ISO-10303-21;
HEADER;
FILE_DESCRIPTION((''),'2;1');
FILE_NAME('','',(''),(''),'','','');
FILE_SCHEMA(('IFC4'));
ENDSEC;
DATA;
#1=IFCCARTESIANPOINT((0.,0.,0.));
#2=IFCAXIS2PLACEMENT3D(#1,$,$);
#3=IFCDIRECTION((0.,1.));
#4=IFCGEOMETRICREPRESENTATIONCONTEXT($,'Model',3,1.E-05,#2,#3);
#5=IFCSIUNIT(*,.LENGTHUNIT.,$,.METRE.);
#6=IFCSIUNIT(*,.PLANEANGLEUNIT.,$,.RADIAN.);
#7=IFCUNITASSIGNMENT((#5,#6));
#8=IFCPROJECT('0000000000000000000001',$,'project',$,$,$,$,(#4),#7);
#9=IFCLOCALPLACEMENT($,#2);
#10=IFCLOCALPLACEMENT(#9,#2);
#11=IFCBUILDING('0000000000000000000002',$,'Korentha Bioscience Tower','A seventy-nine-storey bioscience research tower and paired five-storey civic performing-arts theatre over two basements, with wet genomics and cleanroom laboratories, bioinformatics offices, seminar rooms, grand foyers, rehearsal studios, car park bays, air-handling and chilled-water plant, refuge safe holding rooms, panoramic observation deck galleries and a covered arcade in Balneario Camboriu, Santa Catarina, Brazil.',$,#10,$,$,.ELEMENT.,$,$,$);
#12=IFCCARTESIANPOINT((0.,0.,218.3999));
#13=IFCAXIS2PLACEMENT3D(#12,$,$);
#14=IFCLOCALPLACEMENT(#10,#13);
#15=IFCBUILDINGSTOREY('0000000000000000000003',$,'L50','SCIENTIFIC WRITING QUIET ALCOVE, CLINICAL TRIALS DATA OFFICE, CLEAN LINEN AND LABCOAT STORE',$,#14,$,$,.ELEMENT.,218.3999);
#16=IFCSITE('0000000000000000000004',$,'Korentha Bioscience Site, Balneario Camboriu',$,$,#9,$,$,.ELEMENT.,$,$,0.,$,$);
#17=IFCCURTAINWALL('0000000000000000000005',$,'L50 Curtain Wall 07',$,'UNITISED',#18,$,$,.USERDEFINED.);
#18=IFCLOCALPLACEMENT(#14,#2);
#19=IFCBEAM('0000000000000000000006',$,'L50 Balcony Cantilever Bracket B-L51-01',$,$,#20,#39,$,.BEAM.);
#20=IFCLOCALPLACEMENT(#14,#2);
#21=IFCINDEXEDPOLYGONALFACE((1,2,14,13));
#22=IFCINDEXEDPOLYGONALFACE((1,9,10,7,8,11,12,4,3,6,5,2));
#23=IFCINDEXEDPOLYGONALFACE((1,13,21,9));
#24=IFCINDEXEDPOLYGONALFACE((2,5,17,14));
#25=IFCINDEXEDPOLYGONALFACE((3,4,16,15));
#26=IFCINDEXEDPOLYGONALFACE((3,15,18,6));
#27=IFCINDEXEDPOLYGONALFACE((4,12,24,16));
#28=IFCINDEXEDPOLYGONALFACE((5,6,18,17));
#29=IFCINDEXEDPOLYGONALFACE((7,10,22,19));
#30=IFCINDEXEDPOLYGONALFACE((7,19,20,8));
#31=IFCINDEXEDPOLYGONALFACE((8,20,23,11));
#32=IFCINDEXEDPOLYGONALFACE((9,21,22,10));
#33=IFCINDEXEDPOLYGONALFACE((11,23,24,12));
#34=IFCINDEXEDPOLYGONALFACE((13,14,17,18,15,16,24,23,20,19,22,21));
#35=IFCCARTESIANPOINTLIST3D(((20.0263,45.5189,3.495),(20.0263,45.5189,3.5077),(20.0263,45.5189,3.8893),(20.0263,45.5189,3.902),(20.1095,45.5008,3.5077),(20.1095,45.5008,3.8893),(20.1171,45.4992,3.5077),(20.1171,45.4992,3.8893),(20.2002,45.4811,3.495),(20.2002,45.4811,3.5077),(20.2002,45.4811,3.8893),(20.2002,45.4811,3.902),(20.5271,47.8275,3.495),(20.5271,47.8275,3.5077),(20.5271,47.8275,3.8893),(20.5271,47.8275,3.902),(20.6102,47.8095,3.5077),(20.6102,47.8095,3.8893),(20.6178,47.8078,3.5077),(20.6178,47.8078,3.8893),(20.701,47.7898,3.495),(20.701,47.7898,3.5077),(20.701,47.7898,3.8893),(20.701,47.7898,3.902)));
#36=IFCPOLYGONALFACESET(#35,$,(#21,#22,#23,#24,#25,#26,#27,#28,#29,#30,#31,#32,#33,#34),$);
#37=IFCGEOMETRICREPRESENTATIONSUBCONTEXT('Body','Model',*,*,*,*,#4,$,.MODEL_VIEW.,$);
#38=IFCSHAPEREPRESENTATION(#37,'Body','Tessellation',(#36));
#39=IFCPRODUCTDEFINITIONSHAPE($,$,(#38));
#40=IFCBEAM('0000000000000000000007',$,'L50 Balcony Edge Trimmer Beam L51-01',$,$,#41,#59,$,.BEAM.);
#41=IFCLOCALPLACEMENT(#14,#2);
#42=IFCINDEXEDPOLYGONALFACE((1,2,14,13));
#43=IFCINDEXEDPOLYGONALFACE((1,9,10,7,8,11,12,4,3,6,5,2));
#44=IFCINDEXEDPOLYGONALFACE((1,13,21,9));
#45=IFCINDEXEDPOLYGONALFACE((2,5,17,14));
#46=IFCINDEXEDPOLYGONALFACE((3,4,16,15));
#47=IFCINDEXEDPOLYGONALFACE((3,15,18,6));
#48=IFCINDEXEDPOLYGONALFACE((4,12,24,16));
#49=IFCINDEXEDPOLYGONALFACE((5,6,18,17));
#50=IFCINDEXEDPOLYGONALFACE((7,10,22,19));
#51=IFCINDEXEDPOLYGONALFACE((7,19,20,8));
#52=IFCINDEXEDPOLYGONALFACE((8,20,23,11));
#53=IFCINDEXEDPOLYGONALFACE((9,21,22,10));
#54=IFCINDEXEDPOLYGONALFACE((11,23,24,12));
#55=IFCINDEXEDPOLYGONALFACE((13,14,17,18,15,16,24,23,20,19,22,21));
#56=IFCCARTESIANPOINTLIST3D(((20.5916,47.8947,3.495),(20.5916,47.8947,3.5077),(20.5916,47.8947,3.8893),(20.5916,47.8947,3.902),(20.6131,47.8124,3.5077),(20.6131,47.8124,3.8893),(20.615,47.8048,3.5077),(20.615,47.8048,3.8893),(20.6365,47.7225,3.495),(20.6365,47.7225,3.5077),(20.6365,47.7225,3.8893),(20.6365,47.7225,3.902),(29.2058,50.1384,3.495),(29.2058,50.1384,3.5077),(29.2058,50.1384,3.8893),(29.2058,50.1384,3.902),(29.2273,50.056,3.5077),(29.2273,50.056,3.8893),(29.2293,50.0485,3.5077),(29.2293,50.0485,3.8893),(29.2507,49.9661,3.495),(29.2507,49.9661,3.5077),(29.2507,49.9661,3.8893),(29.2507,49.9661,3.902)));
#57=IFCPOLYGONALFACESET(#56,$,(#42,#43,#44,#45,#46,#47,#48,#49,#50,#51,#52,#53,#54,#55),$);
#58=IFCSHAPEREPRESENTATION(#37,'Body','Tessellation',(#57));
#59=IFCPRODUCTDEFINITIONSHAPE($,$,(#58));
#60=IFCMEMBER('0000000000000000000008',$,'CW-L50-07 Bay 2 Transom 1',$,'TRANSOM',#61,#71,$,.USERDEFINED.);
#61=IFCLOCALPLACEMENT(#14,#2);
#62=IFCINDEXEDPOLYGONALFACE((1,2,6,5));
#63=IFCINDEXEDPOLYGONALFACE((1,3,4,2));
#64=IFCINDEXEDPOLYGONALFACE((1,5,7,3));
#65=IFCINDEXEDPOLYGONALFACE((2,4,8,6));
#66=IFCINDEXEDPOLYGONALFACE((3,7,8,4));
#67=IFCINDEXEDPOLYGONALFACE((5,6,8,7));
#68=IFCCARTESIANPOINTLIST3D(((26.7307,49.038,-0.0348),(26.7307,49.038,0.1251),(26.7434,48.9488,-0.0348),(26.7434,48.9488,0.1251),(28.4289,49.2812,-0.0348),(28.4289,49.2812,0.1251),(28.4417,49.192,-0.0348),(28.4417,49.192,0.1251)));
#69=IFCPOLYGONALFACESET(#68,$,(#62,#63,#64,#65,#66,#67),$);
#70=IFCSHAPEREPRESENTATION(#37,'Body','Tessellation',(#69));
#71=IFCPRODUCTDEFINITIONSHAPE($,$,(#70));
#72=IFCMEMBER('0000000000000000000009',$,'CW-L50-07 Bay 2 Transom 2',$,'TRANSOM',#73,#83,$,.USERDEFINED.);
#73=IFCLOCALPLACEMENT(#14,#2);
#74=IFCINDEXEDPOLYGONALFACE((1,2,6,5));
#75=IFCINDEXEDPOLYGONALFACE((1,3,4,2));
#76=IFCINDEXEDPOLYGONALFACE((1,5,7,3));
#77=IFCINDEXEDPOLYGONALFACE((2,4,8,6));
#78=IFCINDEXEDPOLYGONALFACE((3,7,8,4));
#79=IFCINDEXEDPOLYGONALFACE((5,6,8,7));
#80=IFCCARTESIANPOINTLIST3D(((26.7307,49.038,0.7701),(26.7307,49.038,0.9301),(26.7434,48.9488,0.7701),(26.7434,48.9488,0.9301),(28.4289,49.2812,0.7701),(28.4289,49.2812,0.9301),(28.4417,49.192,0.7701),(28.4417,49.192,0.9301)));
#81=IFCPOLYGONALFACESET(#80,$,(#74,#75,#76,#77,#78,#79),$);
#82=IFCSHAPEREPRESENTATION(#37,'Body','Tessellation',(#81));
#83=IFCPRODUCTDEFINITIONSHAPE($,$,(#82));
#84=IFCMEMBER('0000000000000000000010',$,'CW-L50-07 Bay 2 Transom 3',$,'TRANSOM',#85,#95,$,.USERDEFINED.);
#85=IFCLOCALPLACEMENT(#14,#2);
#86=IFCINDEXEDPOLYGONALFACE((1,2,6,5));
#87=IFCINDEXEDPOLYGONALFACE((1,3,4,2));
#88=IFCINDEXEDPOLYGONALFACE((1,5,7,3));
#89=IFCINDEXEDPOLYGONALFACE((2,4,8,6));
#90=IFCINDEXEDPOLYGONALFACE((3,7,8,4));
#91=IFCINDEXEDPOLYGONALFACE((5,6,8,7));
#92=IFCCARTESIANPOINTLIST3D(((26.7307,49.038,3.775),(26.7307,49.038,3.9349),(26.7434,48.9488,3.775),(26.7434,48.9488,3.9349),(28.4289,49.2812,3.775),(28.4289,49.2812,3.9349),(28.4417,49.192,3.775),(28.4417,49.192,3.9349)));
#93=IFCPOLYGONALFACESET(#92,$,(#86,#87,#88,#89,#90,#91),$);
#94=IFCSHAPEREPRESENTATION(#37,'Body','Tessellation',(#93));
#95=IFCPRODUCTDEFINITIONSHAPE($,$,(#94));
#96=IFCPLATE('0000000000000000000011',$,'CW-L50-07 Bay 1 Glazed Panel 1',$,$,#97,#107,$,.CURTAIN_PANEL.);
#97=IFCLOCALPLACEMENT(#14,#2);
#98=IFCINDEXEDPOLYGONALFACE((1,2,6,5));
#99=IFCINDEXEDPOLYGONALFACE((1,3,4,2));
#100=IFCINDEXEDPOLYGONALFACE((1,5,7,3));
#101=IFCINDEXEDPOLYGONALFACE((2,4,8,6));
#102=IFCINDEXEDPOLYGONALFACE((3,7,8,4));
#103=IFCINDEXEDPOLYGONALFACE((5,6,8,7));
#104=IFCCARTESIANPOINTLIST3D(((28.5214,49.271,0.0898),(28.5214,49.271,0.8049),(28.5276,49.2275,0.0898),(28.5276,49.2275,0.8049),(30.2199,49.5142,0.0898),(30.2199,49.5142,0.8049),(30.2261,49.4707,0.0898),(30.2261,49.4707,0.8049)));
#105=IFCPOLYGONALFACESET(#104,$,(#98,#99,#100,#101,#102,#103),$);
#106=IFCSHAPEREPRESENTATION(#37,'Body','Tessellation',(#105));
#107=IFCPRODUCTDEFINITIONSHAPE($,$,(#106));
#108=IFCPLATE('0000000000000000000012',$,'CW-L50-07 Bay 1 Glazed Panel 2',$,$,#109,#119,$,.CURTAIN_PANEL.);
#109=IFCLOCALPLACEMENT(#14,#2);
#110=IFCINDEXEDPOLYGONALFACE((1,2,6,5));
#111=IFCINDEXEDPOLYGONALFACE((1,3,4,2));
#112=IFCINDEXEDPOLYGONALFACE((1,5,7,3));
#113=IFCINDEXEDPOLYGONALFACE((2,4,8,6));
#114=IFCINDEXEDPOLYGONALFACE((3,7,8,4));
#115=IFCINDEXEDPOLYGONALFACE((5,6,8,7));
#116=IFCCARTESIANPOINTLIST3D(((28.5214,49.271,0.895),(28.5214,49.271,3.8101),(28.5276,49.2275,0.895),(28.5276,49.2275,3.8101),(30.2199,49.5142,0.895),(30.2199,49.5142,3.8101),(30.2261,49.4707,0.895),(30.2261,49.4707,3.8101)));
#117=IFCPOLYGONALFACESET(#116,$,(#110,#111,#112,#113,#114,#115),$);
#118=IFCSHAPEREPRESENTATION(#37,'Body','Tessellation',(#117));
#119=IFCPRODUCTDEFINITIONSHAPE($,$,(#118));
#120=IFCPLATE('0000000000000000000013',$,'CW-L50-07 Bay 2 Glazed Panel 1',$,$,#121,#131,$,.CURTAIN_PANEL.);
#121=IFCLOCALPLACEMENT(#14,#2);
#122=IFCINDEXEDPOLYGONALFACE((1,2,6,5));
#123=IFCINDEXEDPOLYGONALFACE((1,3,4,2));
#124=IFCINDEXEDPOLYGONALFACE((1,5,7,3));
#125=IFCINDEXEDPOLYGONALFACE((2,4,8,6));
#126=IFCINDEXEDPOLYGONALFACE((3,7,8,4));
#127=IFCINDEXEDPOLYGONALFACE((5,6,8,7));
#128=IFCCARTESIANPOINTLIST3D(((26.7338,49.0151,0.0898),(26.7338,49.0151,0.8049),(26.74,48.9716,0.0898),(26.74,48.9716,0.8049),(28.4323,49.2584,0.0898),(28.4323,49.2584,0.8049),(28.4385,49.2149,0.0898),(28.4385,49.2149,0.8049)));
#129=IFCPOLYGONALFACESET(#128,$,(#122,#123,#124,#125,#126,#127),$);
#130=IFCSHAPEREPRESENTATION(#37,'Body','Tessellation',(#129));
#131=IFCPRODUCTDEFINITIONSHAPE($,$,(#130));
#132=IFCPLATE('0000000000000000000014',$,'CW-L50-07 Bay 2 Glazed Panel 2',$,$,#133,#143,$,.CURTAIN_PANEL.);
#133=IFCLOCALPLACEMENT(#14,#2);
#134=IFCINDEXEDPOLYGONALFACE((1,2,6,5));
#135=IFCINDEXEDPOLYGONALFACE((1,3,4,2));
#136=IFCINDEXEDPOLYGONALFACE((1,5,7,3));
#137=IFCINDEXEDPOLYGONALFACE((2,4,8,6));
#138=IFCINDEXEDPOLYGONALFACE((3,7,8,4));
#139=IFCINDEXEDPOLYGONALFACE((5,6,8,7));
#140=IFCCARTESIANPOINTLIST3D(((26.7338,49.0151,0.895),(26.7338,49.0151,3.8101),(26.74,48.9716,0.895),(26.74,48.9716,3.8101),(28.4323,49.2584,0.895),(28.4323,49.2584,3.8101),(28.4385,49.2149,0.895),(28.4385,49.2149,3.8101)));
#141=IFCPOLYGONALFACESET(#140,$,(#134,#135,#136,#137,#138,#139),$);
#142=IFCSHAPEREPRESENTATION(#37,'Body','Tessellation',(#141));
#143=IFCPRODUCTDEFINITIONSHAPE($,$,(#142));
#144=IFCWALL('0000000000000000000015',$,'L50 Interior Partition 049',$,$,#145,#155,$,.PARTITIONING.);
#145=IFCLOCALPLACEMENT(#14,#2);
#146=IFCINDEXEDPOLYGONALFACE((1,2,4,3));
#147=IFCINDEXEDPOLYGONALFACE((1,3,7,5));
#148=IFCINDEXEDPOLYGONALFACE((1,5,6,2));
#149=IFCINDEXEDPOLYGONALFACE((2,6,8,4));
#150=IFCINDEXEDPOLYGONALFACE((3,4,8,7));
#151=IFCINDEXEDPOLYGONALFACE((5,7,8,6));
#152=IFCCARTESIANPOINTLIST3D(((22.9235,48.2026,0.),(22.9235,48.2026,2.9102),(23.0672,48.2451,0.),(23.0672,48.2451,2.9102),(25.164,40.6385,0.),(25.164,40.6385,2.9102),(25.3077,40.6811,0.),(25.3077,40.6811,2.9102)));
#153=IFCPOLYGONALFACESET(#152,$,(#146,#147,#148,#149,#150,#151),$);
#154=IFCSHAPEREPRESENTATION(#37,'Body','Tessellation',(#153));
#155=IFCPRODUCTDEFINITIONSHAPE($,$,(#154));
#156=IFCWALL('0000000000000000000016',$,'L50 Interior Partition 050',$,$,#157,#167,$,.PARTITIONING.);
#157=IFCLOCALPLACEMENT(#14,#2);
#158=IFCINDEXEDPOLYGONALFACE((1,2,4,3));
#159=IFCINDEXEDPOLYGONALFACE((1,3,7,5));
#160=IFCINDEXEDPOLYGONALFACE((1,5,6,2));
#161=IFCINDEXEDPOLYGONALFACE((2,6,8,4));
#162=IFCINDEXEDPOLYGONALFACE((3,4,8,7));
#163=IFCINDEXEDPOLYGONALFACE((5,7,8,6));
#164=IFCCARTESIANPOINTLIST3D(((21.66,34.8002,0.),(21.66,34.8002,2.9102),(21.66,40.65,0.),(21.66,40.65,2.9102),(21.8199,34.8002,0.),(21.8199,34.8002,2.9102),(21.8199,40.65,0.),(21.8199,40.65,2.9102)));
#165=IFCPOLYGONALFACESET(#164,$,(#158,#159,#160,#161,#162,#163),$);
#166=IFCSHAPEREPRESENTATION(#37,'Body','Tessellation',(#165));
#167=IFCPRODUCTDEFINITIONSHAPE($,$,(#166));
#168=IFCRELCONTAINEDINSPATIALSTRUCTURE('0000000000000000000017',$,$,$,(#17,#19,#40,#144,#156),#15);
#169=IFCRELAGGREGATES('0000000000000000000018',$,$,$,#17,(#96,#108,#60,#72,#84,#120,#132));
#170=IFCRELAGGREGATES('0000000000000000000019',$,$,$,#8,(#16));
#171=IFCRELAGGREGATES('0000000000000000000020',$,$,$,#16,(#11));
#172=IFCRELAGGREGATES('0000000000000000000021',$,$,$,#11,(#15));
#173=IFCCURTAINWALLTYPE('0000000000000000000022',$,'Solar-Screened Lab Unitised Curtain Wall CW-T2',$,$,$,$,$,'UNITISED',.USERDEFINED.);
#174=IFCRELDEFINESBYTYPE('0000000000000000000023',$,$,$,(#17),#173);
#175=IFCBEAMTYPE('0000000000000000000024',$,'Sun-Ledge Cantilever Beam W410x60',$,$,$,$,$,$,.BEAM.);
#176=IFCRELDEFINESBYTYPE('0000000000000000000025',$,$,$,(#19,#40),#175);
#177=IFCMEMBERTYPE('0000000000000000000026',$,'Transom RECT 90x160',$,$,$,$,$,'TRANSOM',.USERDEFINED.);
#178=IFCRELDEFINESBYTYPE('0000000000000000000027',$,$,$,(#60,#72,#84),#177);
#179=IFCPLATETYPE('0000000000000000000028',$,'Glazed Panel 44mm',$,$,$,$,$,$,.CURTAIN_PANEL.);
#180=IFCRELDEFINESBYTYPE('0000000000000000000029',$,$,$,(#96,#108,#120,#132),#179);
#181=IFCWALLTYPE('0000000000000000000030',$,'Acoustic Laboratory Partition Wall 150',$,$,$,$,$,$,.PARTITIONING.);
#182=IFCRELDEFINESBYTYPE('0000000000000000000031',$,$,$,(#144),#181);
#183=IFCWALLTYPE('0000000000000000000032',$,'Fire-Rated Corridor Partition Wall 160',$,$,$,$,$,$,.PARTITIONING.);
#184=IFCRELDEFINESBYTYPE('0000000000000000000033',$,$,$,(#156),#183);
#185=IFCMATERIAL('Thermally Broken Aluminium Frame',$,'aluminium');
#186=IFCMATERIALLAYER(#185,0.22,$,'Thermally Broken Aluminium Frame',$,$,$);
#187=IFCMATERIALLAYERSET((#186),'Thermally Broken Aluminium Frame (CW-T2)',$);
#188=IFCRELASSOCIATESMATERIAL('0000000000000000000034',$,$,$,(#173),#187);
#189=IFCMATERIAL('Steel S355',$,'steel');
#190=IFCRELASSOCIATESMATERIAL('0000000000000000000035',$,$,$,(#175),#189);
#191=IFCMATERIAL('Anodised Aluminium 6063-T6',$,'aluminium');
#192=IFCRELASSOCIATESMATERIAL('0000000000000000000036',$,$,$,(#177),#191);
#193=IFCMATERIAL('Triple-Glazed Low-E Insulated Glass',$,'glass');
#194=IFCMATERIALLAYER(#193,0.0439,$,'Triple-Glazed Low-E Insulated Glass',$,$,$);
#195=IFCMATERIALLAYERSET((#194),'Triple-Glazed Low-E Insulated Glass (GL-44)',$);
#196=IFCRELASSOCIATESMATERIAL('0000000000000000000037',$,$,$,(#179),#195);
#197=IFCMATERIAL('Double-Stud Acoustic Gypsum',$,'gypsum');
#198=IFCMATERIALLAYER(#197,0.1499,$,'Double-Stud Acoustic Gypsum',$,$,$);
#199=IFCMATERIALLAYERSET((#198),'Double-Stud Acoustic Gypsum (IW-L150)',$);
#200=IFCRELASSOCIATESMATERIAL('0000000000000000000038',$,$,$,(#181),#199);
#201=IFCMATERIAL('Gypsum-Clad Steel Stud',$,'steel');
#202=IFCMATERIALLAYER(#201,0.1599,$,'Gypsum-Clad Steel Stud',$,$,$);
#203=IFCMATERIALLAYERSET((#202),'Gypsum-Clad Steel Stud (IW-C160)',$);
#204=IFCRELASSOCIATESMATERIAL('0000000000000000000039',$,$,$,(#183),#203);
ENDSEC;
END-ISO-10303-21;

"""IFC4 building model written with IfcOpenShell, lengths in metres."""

from ifc_helpers import new_model, si_unit, direction, frame, frame_2d, origin, origin_2d, place, context, subcontext, project, spatial, rectangle, i_section, extrude, material, layer, layer_set, material_profile, profile_set, type_object, element, aggregate, save


model = new_model("IFC4")

# Units and contexts
model_context = context("Model", 3, precision=1e-05, world=origin(), true_north=direction((0.0, 1.0)))
body_context = subcontext(model_context, "Body", "Model", "MODEL_VIEW")
ifc_project = project(units=[si_unit("LENGTHUNIT", "METRE"), si_unit("PLANEANGLEUNIT", "RADIAN")], contexts=[model_context])

# Site, building, storey
site_placement = place(None, origin())
site = spatial("IfcSite", under=ifc_project, at=site_placement, Name="Korentha Bioscience Site, Balneario Camboriu", CompositionType="ELEMENT", RefElevation=0.0)
building_placement = place(site_placement, origin())
building = spatial("IfcBuilding", under=site, at=building_placement, Name="Korentha Bioscience Tower", Description="A seventy-nine-storey bioscience research tower and paired five-storey civic performing-arts theatre over two basements, with wet genomics and cleanroom laboratories, bioinformatics offices, seminar rooms, grand foyers, rehearsal studios, car park bays, air-handling and chilled-water plant, refuge safe holding rooms, panoramic observation deck galleries and a covered arcade in Balneario Camboriu, Santa Catarina, Brazil.", CompositionType="ELEMENT")
storey_placement = place(building_placement, frame((0.0, 0.0, 218.3999)))
storey = spatial("IfcBuildingStorey", under=building, at=storey_placement, Name="L50", Description="SCIENTIFIC WRITING QUIET ALCOVE, CLINICAL TRIALS DATA OFFICE, CLEAN LINEN AND LABCOAT STORE", CompositionType="ELEMENT", Elevation=218.3999)

# Shared definitions
ifc_material_1 = material(Name="Steel S355", Category="steel")

# Curtain wall
ifc_material_2 = material(Name="Thermally Broken Aluminium Frame", Category="aluminium")
ifc_layer_1 = layer(ifc_material_2, 0.22, Name="Thermally Broken Aluminium Frame")
ifc_layer_set_1 = layer_set([ifc_layer_1], Name="Thermally Broken Aluminium Frame (CW-T2)")
curtain_wall_type = type_object("IfcCurtainWallType", Name="Solar-Screened Lab Unitised Curtain Wall CW-T2", ElementType="UNITISED", PredefinedType="USERDEFINED", material=ifc_layer_set_1)
curtain_wall_placement = place(storey_placement, origin())
curtain_wall = element("IfcCurtainWall", 1, at=curtain_wall_placement, inside=storey, type_object=curtain_wall_type, Name="L50 Curtain Wall 07", ObjectType="UNITISED", PredefinedType="USERDEFINED")
ifc_material_3 = material(Name="Anodised Aluminium 6063-T6", Category="aluminium")

# Beams
ifc_material_profile_1 = material_profile(ifc_material_1, i_section(OverallWidth=0.178, OverallDepth=0.407, WebThickness=0.0078, FlangeThickness=0.0127, at=origin_2d()), Name="Steel S355")
ifc_profile_set_1 = profile_set([ifc_material_profile_1], Name="Steel S355 (CB-410)")
beam_type_1 = type_object("IfcBeamType", Name="Sun-Ledge Cantilever Beam W410x60", PredefinedType="BEAM", material=ifc_profile_set_1)
beam_1_placement = place(storey_placement, frame((20.1133, 45.5, 3.6985), z_axis=(0.211971, 0.977276, 0.0), x_axis=(-0.977276, 0.211971, 0.0)))
element("IfcBeam", 2, at=beam_1_placement, inside=storey, type_object=beam_type_1, Name="L50 Balcony Cantilever Bracket B-L51-01", PredefinedType="BEAM", context=body_context, shape_type="SweptSolid", body=[
    extrude(i_section(OverallWidth=0.178, OverallDepth=0.407, WebThickness=0.0078, FlangeThickness=0.0127, at=origin_2d()), origin(), (0.0, 0.0, 1.0), 2.3623),
])
beam_2_placement = place(storey_placement, frame((29.2283, 50.0522, 3.6985), z_axis=(-0.967714, -0.252049, 0.0), x_axis=(0.252049, -0.967714, 0.0)))
element("IfcBeam", 3, at=beam_2_placement, inside=storey, type_object=beam_type_1, Name="L50 Balcony Edge Trimmer Beam L51-01", PredefinedType="BEAM", context=body_context, shape_type="SweptSolid", body=[
    extrude(i_section(OverallWidth=0.178, OverallDepth=0.407, WebThickness=0.0078, FlangeThickness=0.0127, at=origin_2d()), origin(), (0.0, 0.0, 1.0), 8.9016),
])

# Members
ifc_material_profile_2 = material_profile(ifc_material_3, rectangle(XDim=0.0901, YDim=0.1599, at=origin_2d()), Name="Anodised Aluminium 6063-T6")
ifc_profile_set_2 = profile_set([ifc_material_profile_2], Name="Anodised Aluminium 6063-T6 (CW-TRN)")
member_type_1 = type_object("IfcMemberType", Name="Transom RECT 90x160", ElementType="TRANSOM", PredefinedType="USERDEFINED", material=ifc_profile_set_2)
member_1_placement = place(storey_placement, frame((28.4353, 49.2366, 0.0452), z_axis=(-0.989904, -0.14174, 0.0), x_axis=(0.14174, -0.989904, 0.0)))
member_1 = element("IfcMember", 4, at=member_1_placement, type_object=member_type_1, Name="CW-L50-07 Bay 2 Transom 1", ObjectType="TRANSOM", PredefinedType="USERDEFINED", context=body_context, shape_type="SweptSolid", body=[
    extrude(rectangle(XDim=0.0901, YDim=0.1599, at=origin_2d()), origin(), (0.0, 0.0, 1.0), 1.7156),
])
member_2_placement = place(storey_placement, frame((28.4353, 49.2366, 0.8501), z_axis=(-0.989904, -0.14174, 0.0), x_axis=(0.14174, -0.989904, 0.0)))
member_2 = element("IfcMember", 5, at=member_2_placement, type_object=member_type_1, Name="CW-L50-07 Bay 2 Transom 2", ObjectType="TRANSOM", PredefinedType="USERDEFINED", context=body_context, shape_type="SweptSolid", body=[
    extrude(rectangle(XDim=0.0901, YDim=0.1599, at=origin_2d()), origin(), (0.0, 0.0, 1.0), 1.7156),
])
member_3_placement = place(storey_placement, frame((28.4353, 49.2366, 3.855), z_axis=(-0.989904, -0.14174, 0.0), x_axis=(0.14174, -0.989904, 0.0)))
member_3 = element("IfcMember", 6, at=member_3_placement, type_object=member_type_1, Name="CW-L50-07 Bay 2 Transom 3", ObjectType="TRANSOM", PredefinedType="USERDEFINED", context=body_context, shape_type="SweptSolid", body=[
    extrude(rectangle(XDim=0.0901, YDim=0.1599, at=origin_2d()), origin(), (0.0, 0.0, 1.0), 1.7156),
])

# Plates
ifc_material_4 = material(Name="Triple-Glazed Low-E Insulated Glass", Category="glass")
ifc_layer_2 = layer(ifc_material_4, 0.0439, Name="Triple-Glazed Low-E Insulated Glass")
ifc_layer_set_2 = layer_set([ifc_layer_2], Name="Triple-Glazed Low-E Insulated Glass (GL-44)")
plate_type = type_object("IfcPlateType", Name="Glazed Panel 44mm", PredefinedType="CURTAIN_PANEL", material=ifc_layer_set_2)
plate_1_placement = place(storey_placement, frame((29.3738, 49.3708, 0.0898), z_axis=(0.0, 0.0, 1.0), x_axis=(-0.989902, -0.141754, 0.0)))
plate_1 = element("IfcPlate", 7, at=plate_1_placement, type_object=plate_type, Name="CW-L50-07 Bay 1 Glazed Panel 1", PredefinedType="CURTAIN_PANEL", context=body_context, shape_type="SweptSolid", body=[
    extrude(rectangle(XDim=1.7158, YDim=0.0439, at=origin_2d()), origin(), (0.0, 0.0, 1.0), 0.7151),
])
plate_2_placement = place(storey_placement, frame((29.3738, 49.3708, 0.895), z_axis=(0.0, 0.0, 1.0), x_axis=(-0.989902, -0.141754, 0.0)))
plate_2 = element("IfcPlate", 8, at=plate_2_placement, type_object=plate_type, Name="CW-L50-07 Bay 1 Glazed Panel 2", PredefinedType="CURTAIN_PANEL", context=body_context, shape_type="SweptSolid", body=[
    extrude(rectangle(XDim=1.7158, YDim=0.0439, at=origin_2d()), origin(), (0.0, 0.0, 1.0), 2.915),
])
plate_3_placement = place(storey_placement, frame((27.5862, 49.115, 0.0898), z_axis=(0.0, 0.0, 1.0), x_axis=(-0.989902, -0.141754, 0.0)))
plate_3 = element("IfcPlate", 9, at=plate_3_placement, type_object=plate_type, Name="CW-L50-07 Bay 2 Glazed Panel 1", PredefinedType="CURTAIN_PANEL", context=body_context, shape_type="SweptSolid", body=[
    extrude(rectangle(XDim=1.7158, YDim=0.0439, at=origin_2d()), origin(), (0.0, 0.0, 1.0), 0.7151),
])
plate_4_placement = place(storey_placement, frame((27.5862, 49.115, 0.895), z_axis=(0.0, 0.0, 1.0), x_axis=(-0.989902, -0.141754, 0.0)))
plate_4 = element("IfcPlate", 10, at=plate_4_placement, type_object=plate_type, Name="CW-L50-07 Bay 2 Glazed Panel 2", PredefinedType="CURTAIN_PANEL", context=body_context, shape_type="SweptSolid", body=[
    extrude(rectangle(XDim=1.7158, YDim=0.0439, at=origin_2d()), origin(), (0.0, 0.0, 1.0), 2.915),
])
aggregate(curtain_wall, [plate_1, plate_2, member_1, member_2, member_3, plate_3, plate_4])

# Wall
ifc_material_5 = material(Name="Double-Stud Acoustic Gypsum", Category="gypsum")
ifc_layer_3 = layer(ifc_material_5, 0.1499, Name="Double-Stud Acoustic Gypsum")
ifc_layer_set_3 = layer_set([ifc_layer_3], Name="Double-Stud Acoustic Gypsum (IW-L150)")
wall_type_1 = type_object("IfcWallType", Name="Acoustic Laboratory Partition Wall 150", PredefinedType="PARTITIONING", material=ifc_layer_set_3)
wall_1_placement = place(storey_placement, frame((25.2358, 40.6599, 0.0), z_axis=(0.0, 0.0, 1.0), x_axis=(-0.284007, 0.958822, 0.0)))
element("IfcWall", 11, at=wall_1_placement, inside=storey, type_object=wall_type_1, Name="L50 Interior Partition 049", PredefinedType="PARTITIONING", context=body_context, shape_type="SweptSolid", body=[
    extrude(rectangle(XDim=7.8889, YDim=0.1499, at=frame_2d((3.9443, 0.0))), origin(), (0.0, 0.0, 1.0), 2.9102),
])

# Shared definitions
ifc_material_6 = material(Name="Gypsum-Clad Steel Stud", Category="steel")
ifc_layer_4 = layer(ifc_material_6, 0.1599, Name="Gypsum-Clad Steel Stud")
ifc_layer_set_4 = layer_set([ifc_layer_4], Name="Gypsum-Clad Steel Stud (IW-C160)")
wall_type_2 = type_object("IfcWallType", Name="Fire-Rated Corridor Partition Wall 160", PredefinedType="PARTITIONING", material=ifc_layer_set_4)

# Wall
wall_2_placement = place(storey_placement, frame((21.74, 40.6499, 0.0), z_axis=(0.0, 0.0, 1.0), x_axis=(0.0, -1.0, 0.0)))
element("IfcWall", 12, at=wall_2_placement, inside=storey, type_object=wall_type_2, Name="L50 Interior Partition 050", PredefinedType="PARTITIONING", context=body_context, shape_type="SweptSolid", body=[
    extrude(rectangle(XDim=5.8499, YDim=0.1599, at=frame_2d((2.9248, 0.0))), origin(), (0.0, 0.0, 1.0), 2.9102),
])

save(model, "model.ifc")
